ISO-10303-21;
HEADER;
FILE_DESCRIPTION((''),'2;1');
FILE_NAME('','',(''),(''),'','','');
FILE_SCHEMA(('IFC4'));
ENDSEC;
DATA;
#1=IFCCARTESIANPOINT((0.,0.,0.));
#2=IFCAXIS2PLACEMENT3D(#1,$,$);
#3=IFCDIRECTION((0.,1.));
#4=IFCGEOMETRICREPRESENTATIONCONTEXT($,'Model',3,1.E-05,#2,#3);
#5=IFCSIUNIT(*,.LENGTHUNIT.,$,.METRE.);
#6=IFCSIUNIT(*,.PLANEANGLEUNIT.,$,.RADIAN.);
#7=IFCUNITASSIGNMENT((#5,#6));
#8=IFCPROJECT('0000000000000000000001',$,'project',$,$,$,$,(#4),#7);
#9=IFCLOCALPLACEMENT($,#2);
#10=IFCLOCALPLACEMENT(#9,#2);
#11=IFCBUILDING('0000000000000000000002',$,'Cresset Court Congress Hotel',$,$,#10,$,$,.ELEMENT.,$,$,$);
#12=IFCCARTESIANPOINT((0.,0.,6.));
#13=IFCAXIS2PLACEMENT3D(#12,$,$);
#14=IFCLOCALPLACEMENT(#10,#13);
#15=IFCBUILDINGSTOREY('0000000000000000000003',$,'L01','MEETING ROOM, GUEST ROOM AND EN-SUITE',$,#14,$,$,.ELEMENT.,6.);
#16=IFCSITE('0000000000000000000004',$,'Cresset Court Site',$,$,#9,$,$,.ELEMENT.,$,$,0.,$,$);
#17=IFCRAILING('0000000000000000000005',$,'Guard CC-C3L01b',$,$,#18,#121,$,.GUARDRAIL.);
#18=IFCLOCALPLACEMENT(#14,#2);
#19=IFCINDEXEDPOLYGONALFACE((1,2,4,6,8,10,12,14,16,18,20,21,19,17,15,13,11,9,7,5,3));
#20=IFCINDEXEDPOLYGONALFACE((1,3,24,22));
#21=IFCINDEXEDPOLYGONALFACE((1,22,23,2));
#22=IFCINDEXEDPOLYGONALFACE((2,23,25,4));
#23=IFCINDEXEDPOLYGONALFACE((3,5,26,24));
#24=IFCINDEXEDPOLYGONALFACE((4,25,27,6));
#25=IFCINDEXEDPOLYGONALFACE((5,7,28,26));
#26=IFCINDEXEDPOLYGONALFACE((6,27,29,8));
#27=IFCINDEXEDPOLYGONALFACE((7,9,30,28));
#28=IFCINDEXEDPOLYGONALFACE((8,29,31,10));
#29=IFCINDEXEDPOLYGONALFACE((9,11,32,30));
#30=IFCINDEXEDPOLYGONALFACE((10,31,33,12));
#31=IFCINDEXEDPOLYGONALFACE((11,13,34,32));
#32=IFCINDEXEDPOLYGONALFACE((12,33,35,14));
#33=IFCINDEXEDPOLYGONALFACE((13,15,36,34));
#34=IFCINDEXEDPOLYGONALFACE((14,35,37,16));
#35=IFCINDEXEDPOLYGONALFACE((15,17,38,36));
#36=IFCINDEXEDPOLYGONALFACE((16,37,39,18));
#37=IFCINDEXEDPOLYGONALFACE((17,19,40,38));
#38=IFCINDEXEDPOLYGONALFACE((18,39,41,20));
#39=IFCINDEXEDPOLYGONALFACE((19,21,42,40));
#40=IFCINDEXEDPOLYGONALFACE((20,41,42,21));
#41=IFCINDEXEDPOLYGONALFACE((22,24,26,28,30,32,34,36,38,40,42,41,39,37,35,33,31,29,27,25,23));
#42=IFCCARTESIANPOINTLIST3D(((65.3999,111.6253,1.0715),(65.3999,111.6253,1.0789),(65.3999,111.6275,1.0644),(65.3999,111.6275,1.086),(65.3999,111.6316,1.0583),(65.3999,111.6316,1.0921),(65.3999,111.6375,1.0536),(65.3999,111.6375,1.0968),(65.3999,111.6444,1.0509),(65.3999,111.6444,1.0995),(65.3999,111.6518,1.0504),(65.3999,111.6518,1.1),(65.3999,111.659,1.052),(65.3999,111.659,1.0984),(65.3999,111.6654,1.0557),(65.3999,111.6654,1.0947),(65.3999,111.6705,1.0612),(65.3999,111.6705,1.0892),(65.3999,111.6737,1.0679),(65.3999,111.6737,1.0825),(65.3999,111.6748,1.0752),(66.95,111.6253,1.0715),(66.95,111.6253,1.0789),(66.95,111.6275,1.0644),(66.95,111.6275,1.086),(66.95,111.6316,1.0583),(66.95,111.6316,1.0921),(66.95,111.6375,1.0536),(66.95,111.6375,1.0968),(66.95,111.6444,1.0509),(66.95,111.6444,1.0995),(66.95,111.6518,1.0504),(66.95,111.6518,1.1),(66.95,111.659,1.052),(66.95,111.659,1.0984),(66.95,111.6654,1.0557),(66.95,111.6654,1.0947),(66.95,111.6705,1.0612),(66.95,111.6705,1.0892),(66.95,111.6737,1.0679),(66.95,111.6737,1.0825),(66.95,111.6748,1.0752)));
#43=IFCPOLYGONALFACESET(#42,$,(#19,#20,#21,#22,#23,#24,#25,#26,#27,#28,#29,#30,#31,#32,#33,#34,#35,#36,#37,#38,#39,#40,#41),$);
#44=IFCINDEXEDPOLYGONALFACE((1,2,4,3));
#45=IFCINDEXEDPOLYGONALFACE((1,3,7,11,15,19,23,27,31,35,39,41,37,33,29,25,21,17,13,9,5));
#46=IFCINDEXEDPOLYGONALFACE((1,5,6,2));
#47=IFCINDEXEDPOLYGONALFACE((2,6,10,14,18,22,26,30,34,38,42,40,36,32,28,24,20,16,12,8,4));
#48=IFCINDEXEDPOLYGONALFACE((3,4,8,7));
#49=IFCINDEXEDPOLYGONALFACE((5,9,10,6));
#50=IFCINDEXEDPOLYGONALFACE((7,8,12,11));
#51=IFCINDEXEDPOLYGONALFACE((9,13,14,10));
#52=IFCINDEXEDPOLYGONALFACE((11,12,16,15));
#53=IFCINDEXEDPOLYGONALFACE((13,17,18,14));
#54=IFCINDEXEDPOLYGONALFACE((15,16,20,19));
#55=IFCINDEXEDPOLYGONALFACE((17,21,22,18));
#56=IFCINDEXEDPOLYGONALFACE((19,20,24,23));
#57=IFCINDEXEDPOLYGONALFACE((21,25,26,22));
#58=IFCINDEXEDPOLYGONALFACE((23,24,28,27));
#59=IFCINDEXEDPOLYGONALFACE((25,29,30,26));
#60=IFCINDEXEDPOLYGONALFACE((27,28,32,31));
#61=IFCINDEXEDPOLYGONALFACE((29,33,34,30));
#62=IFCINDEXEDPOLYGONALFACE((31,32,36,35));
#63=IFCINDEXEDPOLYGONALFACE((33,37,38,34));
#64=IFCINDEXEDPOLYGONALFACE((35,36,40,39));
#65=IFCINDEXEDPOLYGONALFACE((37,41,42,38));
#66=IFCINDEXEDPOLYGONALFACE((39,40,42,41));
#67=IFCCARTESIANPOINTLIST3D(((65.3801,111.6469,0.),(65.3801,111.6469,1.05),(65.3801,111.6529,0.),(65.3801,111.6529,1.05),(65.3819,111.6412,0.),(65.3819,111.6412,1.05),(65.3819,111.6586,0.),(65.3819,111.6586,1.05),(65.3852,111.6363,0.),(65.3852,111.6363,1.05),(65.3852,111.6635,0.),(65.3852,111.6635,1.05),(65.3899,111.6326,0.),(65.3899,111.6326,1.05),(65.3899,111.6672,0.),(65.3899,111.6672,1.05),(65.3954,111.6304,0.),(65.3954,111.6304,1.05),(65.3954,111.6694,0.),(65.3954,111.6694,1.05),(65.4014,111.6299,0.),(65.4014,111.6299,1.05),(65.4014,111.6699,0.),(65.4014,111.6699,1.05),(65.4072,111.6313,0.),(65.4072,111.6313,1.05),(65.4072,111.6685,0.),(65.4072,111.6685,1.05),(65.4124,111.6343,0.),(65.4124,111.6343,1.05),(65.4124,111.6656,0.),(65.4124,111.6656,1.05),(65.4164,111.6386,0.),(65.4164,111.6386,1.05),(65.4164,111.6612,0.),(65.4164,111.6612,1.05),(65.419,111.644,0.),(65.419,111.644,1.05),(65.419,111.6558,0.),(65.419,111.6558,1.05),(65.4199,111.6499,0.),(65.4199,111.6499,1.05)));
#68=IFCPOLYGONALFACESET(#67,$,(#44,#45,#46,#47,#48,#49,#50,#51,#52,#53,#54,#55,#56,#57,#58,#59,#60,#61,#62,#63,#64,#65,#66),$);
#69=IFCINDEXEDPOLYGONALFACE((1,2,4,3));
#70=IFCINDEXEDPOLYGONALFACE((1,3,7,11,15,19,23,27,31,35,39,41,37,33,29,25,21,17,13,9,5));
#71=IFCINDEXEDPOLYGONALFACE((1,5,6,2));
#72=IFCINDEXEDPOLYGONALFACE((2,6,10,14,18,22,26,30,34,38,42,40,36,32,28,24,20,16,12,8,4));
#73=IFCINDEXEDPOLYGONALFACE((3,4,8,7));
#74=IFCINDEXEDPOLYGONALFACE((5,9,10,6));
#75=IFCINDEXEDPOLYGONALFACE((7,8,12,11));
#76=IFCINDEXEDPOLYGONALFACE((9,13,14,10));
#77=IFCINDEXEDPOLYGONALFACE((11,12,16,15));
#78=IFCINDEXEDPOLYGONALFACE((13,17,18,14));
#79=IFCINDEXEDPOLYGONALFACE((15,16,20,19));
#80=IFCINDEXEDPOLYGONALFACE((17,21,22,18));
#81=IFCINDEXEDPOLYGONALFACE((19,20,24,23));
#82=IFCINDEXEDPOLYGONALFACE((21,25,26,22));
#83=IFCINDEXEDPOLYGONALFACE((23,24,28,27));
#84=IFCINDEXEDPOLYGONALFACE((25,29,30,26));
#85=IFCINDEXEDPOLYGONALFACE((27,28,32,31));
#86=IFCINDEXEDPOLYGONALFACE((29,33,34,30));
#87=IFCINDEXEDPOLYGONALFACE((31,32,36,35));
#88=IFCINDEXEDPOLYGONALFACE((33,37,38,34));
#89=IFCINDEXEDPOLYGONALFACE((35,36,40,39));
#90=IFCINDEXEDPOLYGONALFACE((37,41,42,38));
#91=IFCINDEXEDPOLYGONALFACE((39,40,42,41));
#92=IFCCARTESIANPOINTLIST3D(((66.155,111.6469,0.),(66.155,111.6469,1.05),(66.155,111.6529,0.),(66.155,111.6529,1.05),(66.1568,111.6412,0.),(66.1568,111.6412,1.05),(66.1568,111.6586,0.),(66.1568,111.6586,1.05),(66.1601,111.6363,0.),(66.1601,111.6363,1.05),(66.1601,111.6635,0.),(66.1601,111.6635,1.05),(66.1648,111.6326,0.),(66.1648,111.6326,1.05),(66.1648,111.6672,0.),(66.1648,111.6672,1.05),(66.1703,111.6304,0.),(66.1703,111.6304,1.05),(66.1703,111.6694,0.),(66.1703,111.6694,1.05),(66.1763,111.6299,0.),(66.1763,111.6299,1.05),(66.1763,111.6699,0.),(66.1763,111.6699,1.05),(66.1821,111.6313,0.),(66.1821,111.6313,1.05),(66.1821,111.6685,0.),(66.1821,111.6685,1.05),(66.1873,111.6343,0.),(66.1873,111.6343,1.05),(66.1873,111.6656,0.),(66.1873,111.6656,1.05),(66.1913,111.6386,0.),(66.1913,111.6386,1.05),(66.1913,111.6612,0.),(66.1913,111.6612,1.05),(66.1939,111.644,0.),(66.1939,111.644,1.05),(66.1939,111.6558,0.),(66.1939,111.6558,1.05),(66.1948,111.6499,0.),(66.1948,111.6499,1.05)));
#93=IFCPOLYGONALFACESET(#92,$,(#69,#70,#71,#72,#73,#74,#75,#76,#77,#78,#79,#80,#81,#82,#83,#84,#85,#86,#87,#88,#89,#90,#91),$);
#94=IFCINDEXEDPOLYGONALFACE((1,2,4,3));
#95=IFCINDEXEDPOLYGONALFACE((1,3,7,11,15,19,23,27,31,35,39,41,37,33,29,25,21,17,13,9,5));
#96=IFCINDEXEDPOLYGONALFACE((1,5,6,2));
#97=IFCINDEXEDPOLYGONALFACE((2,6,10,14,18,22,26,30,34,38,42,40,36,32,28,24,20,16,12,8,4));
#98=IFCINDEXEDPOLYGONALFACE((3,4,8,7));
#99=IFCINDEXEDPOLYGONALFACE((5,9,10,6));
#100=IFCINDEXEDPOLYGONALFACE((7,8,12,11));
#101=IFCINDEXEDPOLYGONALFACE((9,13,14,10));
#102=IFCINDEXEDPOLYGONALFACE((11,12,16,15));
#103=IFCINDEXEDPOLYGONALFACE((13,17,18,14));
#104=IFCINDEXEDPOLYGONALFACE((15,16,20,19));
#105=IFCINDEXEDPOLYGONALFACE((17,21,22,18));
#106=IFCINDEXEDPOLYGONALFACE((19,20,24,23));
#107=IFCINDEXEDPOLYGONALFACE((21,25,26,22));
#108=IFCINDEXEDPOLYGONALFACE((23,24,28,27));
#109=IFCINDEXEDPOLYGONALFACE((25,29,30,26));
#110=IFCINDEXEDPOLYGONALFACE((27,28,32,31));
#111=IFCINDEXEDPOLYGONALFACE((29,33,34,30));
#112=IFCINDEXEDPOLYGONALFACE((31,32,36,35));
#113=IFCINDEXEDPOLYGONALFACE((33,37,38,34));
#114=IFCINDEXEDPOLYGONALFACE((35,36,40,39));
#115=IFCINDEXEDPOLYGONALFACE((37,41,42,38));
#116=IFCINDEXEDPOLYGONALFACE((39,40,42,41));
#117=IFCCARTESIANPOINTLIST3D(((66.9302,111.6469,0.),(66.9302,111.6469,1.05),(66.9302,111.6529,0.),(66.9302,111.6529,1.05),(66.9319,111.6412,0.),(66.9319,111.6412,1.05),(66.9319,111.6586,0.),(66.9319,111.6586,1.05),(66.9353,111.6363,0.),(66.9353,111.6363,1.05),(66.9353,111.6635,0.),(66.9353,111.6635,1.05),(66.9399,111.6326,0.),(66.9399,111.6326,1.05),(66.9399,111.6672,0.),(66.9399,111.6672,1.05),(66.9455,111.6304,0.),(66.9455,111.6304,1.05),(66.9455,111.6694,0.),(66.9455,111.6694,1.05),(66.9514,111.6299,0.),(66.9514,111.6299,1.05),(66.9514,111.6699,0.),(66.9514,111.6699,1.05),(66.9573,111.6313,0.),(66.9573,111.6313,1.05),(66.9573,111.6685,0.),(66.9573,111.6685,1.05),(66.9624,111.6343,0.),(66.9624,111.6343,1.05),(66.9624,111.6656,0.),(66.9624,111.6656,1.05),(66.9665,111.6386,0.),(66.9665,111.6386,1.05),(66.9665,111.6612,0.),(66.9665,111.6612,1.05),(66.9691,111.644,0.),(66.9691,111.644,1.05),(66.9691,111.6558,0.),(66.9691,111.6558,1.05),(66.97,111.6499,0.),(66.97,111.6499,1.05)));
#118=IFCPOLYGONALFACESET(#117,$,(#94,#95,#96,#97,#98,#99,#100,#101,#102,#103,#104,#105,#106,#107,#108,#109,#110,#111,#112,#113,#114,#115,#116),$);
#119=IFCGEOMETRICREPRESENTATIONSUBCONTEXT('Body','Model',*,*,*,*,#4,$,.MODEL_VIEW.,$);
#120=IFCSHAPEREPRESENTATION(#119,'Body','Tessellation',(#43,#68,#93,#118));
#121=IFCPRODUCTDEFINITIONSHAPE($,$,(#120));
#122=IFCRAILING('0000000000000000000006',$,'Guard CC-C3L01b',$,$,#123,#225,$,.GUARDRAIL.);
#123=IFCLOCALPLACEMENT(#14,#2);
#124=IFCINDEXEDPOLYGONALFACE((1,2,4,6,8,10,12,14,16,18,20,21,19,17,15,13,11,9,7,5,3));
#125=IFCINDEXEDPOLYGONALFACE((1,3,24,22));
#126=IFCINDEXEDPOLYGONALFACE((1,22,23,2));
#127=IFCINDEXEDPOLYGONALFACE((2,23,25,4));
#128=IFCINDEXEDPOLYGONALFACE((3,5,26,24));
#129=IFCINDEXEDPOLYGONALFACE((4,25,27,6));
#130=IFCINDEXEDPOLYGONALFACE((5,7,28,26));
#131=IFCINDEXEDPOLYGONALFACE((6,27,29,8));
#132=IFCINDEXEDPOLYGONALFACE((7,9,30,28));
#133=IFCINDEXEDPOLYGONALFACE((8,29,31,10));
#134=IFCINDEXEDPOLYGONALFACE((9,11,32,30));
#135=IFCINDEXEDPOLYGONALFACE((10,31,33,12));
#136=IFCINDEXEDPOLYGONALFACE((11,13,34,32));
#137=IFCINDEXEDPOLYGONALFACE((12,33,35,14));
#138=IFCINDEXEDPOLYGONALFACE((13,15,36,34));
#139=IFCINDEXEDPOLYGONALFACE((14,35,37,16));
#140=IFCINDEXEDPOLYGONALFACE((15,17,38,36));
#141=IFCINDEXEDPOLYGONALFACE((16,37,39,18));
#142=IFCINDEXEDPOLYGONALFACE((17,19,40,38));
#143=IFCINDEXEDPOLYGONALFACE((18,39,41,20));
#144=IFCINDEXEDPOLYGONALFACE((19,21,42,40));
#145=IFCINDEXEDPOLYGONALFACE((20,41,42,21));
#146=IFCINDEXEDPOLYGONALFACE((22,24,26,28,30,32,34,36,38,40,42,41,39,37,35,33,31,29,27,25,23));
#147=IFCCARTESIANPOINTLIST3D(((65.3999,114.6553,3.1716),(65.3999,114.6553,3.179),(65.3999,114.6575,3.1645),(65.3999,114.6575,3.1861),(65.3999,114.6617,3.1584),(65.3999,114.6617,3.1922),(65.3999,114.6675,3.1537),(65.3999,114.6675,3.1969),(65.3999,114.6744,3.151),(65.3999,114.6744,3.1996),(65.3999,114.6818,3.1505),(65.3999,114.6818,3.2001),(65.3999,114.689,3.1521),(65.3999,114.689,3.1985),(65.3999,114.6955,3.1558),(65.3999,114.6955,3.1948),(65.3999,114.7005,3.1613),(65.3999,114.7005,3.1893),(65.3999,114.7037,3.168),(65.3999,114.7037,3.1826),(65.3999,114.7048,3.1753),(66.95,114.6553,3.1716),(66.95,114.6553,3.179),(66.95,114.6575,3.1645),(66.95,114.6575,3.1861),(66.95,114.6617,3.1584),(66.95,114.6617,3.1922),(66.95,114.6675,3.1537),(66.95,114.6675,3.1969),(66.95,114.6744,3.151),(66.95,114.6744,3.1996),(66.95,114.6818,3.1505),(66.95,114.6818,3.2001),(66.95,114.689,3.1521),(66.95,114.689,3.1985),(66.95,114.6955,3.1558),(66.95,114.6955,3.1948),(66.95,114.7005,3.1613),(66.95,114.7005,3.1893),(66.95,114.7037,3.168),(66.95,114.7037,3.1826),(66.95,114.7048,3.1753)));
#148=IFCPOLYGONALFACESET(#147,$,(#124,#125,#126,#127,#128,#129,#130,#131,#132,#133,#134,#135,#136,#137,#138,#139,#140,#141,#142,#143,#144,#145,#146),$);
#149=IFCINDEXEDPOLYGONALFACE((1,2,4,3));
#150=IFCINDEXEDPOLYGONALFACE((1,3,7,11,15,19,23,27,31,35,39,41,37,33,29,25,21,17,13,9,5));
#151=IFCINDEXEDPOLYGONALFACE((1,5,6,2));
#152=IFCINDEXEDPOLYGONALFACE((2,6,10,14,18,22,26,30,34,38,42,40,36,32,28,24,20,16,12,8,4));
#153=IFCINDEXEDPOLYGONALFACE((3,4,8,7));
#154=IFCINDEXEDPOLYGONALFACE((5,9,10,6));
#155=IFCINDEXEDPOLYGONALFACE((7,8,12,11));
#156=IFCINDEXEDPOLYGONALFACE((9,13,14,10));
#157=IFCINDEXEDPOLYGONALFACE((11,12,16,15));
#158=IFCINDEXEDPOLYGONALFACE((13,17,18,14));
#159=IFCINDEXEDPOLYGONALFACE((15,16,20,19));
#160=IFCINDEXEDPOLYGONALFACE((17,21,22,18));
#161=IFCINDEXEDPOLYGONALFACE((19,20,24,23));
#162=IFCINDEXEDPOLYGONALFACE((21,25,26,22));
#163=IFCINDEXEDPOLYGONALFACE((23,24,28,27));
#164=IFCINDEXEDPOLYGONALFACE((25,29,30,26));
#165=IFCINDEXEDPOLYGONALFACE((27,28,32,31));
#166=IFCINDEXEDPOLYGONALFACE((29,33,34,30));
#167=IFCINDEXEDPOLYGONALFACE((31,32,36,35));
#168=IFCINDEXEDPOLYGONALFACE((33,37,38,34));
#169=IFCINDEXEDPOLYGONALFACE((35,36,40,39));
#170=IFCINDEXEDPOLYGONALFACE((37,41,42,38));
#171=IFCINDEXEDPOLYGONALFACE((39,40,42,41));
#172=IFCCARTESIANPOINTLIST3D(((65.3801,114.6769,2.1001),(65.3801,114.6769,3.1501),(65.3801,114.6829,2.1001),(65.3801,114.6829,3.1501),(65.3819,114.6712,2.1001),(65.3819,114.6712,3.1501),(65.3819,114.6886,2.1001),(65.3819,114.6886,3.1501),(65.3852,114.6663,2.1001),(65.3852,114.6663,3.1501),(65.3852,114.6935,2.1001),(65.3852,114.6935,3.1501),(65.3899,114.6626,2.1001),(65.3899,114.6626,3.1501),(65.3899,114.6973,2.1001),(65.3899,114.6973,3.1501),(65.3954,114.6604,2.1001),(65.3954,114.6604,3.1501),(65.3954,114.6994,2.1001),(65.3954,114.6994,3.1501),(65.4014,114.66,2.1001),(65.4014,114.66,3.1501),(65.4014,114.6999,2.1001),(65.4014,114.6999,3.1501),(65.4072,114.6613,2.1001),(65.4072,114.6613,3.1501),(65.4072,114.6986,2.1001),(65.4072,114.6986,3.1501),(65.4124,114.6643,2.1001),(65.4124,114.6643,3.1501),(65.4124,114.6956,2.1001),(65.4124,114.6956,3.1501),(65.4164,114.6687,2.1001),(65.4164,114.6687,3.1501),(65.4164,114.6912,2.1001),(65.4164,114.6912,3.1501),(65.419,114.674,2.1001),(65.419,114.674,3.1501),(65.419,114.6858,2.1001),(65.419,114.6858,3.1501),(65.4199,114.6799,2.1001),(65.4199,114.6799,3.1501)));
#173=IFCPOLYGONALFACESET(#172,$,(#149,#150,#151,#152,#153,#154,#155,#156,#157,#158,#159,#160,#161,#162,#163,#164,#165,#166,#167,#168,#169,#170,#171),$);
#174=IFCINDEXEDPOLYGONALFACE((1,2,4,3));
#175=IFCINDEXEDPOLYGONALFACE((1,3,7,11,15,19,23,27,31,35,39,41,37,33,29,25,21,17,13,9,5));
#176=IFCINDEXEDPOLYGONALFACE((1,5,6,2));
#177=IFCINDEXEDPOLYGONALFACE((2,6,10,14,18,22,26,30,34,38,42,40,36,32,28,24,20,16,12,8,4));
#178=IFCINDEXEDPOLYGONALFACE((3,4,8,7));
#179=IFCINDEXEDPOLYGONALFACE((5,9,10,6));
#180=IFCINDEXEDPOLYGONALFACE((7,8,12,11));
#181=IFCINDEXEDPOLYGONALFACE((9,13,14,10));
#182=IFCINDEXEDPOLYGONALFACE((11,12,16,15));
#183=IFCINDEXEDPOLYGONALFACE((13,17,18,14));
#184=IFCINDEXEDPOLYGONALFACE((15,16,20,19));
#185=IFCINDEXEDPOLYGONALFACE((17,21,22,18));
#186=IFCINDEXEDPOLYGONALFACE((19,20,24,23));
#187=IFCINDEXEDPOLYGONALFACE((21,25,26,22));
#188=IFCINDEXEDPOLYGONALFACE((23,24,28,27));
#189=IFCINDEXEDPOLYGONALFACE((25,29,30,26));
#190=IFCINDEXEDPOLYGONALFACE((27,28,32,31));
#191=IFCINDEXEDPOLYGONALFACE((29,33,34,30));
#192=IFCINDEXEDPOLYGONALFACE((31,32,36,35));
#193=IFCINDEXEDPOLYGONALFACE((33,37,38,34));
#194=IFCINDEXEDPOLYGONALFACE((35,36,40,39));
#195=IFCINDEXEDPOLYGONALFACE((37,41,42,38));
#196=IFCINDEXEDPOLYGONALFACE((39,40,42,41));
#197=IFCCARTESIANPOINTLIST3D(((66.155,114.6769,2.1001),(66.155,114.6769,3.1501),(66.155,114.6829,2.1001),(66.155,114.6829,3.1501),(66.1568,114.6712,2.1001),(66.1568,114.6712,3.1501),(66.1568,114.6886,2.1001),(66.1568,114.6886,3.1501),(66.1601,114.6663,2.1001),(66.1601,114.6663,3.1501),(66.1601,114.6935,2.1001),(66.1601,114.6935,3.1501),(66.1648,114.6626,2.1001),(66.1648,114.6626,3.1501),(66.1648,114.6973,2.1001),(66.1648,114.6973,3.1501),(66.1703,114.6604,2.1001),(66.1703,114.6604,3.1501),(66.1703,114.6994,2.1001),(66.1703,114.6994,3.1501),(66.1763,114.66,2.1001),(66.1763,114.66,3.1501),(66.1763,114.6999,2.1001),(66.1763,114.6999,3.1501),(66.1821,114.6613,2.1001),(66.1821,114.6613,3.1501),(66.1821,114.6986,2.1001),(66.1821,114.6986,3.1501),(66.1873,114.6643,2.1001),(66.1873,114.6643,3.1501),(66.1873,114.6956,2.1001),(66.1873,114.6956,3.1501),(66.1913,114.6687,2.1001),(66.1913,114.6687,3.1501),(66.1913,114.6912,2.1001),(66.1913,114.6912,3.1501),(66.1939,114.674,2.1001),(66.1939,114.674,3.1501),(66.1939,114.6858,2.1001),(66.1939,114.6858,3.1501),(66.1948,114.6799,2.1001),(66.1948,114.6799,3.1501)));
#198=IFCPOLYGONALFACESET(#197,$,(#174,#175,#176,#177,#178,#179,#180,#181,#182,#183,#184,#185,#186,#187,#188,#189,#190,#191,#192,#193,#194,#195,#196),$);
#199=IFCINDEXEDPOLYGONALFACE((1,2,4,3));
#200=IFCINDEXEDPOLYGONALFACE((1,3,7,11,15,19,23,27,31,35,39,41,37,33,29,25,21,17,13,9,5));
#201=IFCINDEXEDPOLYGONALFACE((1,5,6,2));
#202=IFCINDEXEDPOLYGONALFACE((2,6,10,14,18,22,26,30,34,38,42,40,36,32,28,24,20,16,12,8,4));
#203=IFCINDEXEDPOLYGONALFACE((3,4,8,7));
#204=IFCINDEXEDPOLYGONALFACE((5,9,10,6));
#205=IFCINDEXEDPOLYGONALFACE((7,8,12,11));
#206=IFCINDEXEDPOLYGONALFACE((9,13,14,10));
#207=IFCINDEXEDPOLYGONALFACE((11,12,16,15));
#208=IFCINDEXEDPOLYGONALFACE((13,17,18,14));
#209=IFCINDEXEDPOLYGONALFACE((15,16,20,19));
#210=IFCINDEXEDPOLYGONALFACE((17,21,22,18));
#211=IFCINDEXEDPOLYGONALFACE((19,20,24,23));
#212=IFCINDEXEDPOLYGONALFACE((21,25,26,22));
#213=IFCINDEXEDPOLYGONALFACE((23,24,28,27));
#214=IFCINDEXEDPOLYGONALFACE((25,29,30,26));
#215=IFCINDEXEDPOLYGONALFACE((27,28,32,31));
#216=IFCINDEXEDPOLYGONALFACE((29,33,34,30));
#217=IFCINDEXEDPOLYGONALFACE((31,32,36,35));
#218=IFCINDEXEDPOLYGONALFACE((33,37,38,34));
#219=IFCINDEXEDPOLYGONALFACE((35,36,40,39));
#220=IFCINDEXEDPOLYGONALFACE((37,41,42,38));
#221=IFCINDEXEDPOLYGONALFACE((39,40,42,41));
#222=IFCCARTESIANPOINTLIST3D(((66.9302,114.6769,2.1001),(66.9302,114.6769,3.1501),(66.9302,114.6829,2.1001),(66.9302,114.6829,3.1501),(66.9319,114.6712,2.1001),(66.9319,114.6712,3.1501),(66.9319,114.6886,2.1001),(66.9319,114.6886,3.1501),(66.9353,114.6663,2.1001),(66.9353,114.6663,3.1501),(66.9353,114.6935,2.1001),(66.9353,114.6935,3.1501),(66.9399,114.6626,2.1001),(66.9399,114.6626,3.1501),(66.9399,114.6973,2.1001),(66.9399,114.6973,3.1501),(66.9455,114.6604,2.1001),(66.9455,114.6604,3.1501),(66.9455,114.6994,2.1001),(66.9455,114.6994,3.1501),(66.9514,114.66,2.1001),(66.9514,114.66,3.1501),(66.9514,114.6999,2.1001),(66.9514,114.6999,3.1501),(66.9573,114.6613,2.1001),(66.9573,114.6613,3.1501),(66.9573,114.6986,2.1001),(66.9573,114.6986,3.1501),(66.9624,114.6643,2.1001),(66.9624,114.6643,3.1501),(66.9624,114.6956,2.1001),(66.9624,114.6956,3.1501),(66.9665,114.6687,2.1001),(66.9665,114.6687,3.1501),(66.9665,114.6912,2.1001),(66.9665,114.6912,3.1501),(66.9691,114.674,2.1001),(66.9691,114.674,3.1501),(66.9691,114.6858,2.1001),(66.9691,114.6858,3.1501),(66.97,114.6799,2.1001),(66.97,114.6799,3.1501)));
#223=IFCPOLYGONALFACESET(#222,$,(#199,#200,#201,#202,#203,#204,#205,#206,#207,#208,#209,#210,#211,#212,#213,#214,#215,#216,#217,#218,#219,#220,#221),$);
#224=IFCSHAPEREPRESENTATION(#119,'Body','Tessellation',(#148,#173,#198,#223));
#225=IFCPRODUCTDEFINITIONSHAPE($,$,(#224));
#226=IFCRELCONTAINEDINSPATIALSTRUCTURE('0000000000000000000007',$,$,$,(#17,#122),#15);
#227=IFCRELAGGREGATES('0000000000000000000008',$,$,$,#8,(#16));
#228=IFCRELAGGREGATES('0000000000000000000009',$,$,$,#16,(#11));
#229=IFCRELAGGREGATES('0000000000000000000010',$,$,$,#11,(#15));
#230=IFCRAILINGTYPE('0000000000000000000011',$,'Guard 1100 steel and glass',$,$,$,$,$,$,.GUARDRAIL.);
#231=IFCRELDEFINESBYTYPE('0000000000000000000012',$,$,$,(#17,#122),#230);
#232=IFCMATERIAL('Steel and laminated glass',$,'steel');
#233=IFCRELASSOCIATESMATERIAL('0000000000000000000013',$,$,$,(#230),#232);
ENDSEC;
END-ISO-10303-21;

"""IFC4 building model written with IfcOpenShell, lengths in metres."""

from ifc_helpers import new_model, si_unit, direction, frame, origin, origin_2d, place, context, subcontext, project, spatial, circle, extrude, material, type_object, element, save


model = new_model("IFC4")

# Units and contexts
model_context = context("Model", 3, precision=1e-05, world=origin(), true_north=direction((0.0, 1.0)))
body_context = subcontext(model_context, "Body", "Model", "MODEL_VIEW")
ifc_project = project(units=[si_unit("LENGTHUNIT", "METRE"), si_unit("PLANEANGLEUNIT", "RADIAN")], contexts=[model_context])

# Site, building, storey
site_placement = place(None, origin())
site = spatial("IfcSite", under=ifc_project, at=site_placement, Name="Cresset Court Site", CompositionType="ELEMENT", RefElevation=0.0)
building_placement = place(site_placement, origin())
building = spatial("IfcBuilding", under=site, at=building_placement, Name="Cresset Court Congress Hotel", CompositionType="ELEMENT")
storey_placement = place(building_placement, frame((0.0, 0.0, 6.0)))
storey = spatial("IfcBuildingStorey", under=building, at=storey_placement, Name="L01", Description="MEETING ROOM, GUEST ROOM AND EN-SUITE", CompositionType="ELEMENT", Elevation=6.0)

# Railings
ifc_material_1 = material(Name="Steel and laminated glass", Category="steel")
railing_type = type_object("IfcRailingType", Name="Guard 1100 steel and glass", PredefinedType="GUARDRAIL", material=ifc_material_1)
for number, where, name in (
    (1, (65.3999, 111.6499, 0.0), "Guard CC-C3L01b"),
    (2, (65.3999, 114.6799, 2.1001), "Guard CC-C3L01b"),
):
    element("IfcRailing", number, at=place(storey_placement, frame(where)), inside=storey, type_object=railing_type, Name=name, PredefinedType="GUARDRAIL", context=body_context, shape_type="SweptSolid", body=[
        extrude(circle(Radius=0.0249, at=origin_2d()), frame((0.0, 0.0, 1.0752), z_axis=(1.0, 0.0, 0.0), x_axis=(0.0, 1.0, 0.0)), (0.0, 0.0, 1.0), 1.55),
        extrude(circle(Radius=0.02, at=origin_2d()), origin(), (0.0, 0.0, 1.0), 1.05),
        extrude(circle(Radius=0.02, at=origin_2d()), frame((0.7749, 0.0, 0.0)), (0.0, 0.0, 1.0), 1.05),
        extrude(circle(Radius=0.02, at=origin_2d()), frame((1.55, 0.0, 0.0)), (0.0, 0.0, 1.0), 1.05),
    ])

save(model, "model.ifc")
